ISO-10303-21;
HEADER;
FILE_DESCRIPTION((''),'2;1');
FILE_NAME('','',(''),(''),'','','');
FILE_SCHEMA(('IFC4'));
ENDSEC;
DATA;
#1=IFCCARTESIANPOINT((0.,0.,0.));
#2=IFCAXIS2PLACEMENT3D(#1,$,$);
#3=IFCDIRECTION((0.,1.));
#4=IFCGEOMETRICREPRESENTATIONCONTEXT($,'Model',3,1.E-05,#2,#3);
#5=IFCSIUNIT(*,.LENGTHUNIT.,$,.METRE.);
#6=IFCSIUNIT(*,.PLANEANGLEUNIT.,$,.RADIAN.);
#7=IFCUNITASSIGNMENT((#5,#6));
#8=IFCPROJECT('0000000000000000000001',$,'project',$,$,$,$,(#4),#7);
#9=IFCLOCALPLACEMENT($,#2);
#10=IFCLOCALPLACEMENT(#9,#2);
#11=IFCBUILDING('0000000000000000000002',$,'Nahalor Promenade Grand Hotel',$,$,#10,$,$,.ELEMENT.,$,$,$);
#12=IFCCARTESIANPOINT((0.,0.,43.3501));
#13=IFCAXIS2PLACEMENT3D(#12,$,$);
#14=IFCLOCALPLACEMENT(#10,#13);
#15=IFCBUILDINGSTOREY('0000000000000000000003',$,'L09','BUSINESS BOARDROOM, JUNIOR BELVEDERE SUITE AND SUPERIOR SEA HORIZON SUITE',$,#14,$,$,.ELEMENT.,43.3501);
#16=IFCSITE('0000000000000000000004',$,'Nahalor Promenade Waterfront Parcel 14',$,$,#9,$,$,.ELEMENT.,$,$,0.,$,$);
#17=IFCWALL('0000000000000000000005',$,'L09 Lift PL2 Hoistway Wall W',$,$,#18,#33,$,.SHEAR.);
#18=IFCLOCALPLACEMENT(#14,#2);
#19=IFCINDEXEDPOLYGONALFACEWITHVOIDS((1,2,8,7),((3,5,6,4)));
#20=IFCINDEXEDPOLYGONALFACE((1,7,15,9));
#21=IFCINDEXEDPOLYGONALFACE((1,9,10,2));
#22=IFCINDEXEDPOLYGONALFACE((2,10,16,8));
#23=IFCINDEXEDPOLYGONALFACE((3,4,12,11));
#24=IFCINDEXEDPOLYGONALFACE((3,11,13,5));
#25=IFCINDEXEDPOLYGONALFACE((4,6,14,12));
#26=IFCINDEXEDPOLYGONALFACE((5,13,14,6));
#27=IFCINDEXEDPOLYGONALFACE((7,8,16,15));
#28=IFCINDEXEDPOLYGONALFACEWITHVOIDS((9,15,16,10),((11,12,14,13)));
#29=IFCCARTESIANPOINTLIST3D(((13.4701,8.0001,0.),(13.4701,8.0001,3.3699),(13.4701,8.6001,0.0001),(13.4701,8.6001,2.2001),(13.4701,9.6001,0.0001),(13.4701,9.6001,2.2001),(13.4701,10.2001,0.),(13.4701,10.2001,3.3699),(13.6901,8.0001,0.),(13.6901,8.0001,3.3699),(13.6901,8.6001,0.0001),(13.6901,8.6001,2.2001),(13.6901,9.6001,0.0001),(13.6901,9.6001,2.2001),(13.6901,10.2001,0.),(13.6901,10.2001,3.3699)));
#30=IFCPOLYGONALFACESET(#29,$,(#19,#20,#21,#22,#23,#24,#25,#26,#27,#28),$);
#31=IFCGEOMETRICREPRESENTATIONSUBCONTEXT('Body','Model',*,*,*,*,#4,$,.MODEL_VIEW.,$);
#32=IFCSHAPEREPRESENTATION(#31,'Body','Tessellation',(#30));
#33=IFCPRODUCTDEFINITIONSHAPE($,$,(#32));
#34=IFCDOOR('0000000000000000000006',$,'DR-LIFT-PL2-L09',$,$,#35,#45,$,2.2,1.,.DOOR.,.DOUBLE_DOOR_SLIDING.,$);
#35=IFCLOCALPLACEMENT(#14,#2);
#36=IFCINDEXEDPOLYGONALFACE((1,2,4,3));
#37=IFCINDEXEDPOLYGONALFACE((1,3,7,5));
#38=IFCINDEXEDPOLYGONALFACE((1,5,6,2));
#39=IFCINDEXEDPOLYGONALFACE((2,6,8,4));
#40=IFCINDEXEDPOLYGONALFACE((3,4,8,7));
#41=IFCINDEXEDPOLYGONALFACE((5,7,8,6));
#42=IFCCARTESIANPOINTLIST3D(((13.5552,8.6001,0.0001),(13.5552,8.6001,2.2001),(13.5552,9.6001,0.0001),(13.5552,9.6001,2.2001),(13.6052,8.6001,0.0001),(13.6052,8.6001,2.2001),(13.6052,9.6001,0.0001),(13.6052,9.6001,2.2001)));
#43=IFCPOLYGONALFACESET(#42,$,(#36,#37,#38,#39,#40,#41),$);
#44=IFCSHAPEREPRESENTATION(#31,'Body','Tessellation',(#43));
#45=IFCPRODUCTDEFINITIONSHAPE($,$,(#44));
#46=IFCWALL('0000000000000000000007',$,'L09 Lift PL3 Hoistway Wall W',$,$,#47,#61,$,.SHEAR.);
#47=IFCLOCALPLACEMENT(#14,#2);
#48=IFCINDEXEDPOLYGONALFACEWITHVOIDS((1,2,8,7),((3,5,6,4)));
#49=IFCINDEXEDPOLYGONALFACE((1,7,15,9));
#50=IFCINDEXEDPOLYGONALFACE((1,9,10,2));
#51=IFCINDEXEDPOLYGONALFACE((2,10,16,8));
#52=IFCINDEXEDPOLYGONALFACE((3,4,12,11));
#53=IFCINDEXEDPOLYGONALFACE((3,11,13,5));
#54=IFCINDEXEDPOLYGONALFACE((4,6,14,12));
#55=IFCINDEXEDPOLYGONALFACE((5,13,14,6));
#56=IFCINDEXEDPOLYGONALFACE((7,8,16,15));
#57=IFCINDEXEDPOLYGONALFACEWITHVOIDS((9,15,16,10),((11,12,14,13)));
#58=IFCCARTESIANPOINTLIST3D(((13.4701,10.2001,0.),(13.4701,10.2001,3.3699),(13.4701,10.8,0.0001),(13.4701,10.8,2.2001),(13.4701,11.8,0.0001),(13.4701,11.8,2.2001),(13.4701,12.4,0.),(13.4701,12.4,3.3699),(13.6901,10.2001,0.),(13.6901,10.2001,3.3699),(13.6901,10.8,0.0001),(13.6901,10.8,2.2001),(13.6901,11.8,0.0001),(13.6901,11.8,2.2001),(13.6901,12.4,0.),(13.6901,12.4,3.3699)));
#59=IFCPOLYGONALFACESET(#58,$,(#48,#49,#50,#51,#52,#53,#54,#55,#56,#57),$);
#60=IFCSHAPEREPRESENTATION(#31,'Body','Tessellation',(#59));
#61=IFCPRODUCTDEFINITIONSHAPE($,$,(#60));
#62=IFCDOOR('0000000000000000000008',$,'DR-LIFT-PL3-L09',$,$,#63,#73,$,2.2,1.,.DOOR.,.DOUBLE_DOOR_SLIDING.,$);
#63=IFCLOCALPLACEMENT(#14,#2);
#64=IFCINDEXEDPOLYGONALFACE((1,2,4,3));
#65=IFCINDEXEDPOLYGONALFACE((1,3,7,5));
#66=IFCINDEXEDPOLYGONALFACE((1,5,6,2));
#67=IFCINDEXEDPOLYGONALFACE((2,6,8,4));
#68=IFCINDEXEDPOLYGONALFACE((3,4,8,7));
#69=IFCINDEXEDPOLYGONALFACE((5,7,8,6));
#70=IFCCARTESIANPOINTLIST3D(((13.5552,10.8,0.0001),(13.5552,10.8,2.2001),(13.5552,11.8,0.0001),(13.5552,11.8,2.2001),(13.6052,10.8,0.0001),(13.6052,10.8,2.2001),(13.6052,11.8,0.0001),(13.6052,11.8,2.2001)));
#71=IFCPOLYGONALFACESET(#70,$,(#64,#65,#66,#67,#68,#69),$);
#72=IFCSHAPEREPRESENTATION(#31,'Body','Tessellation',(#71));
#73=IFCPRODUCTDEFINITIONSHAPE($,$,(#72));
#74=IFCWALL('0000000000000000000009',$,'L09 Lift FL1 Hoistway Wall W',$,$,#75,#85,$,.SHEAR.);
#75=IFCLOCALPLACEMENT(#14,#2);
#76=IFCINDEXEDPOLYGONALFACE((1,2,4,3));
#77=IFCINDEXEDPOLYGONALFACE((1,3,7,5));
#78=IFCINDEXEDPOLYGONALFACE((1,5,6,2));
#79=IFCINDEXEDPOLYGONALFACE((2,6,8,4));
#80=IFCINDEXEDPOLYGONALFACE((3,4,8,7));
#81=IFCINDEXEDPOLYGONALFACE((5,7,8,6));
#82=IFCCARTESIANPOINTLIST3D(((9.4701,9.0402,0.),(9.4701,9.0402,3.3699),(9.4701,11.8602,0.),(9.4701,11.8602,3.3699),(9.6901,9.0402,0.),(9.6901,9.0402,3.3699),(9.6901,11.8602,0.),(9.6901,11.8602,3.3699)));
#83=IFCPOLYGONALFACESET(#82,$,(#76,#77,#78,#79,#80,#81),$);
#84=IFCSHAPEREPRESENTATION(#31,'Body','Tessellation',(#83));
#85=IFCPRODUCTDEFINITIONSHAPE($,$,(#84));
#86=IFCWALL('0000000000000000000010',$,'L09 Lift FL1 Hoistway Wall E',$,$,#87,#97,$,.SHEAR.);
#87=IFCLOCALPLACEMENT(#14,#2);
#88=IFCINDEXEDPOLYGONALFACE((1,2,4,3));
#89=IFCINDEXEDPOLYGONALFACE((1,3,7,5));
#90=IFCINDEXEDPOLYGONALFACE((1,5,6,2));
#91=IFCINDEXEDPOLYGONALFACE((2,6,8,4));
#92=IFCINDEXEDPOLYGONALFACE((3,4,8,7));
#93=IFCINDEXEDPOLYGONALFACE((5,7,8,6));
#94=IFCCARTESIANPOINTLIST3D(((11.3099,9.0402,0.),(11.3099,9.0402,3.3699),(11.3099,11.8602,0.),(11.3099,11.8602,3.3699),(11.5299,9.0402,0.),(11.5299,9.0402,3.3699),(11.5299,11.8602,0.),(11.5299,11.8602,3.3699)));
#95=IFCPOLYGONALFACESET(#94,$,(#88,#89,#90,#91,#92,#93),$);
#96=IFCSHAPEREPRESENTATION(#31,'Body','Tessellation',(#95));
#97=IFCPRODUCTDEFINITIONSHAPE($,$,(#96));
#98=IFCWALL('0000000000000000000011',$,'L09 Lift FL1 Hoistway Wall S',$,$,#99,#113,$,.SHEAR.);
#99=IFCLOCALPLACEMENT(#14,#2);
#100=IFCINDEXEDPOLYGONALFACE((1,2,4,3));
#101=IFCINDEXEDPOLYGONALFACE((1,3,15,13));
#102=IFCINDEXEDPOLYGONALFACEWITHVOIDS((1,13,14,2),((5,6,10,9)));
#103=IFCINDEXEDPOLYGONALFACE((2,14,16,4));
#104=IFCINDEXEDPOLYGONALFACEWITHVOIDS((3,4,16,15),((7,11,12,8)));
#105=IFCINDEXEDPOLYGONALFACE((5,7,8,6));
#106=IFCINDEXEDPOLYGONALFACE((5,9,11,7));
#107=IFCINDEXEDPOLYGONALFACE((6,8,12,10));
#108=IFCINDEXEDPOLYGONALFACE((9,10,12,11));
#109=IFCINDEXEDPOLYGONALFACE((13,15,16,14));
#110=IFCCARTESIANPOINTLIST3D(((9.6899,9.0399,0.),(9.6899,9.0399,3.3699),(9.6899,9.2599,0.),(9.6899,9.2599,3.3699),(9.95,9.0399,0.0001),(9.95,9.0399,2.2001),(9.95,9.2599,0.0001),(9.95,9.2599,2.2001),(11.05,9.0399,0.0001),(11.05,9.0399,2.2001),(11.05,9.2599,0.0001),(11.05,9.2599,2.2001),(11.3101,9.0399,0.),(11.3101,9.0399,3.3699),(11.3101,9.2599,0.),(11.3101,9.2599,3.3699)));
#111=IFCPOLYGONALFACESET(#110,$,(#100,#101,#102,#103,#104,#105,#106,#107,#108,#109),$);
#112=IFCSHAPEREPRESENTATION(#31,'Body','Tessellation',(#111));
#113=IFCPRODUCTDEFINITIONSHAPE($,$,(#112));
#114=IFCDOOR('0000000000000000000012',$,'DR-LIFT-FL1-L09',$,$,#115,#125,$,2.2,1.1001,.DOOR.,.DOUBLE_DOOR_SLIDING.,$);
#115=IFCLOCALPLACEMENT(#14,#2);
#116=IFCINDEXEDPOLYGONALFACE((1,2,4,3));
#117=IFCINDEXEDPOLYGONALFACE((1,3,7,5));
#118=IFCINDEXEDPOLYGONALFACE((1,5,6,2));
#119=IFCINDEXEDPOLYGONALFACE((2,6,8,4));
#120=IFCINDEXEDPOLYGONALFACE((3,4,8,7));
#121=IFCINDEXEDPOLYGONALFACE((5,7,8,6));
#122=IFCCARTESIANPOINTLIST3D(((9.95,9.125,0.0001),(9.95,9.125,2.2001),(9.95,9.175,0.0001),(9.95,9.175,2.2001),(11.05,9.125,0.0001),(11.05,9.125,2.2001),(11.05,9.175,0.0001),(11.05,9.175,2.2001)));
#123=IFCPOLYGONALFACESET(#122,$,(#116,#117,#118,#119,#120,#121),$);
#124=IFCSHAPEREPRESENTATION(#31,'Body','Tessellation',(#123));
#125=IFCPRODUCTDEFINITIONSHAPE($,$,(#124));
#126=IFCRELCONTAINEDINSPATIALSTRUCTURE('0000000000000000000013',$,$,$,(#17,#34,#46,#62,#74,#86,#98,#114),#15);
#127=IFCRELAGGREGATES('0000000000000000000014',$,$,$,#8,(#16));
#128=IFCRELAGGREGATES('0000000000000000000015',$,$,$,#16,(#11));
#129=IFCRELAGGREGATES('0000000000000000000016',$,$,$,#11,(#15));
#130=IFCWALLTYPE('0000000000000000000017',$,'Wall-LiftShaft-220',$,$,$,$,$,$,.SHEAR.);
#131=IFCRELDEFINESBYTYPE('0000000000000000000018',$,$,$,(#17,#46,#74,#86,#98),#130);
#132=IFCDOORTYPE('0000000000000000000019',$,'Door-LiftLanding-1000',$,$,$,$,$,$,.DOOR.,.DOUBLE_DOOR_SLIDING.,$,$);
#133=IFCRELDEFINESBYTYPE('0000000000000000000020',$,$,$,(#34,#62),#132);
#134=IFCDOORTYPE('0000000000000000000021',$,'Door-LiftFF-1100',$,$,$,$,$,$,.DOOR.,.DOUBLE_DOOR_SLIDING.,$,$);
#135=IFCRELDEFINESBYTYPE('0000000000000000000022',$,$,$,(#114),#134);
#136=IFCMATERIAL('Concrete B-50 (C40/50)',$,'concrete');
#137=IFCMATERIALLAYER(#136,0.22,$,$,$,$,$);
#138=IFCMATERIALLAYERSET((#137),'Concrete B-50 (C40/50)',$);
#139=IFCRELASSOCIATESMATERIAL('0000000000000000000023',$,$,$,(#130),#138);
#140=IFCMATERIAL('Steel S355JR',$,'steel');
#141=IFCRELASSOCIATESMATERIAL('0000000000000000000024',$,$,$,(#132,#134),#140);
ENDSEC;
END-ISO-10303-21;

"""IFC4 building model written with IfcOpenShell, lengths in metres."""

from ifc_helpers import new_model, si_unit, direction, frame, frame_2d, origin, place, context, subcontext, project, spatial, rectangle, extrude, source, transform, mapped, material, layer, layer_set, type_object, element, fill, save


model = new_model("IFC4")

# Units and contexts
model_context = context("Model", 3, precision=1e-05, world=origin(), true_north=direction((0.0, 1.0)))
body_context = subcontext(model_context, "Body", "Model", "MODEL_VIEW")
ifc_project = project(units=[si_unit("LENGTHUNIT", "METRE"), si_unit("PLANEANGLEUNIT", "RADIAN")], contexts=[model_context])

# Site, building, storey
site_placement = place(None, origin())
site = spatial("IfcSite", under=ifc_project, at=site_placement, Name="Nahalor Promenade Waterfront Parcel 14", CompositionType="ELEMENT", RefElevation=0.0)
building_placement = place(site_placement, origin())
building = spatial("IfcBuilding", under=site, at=building_placement, Name="Nahalor Promenade Grand Hotel", CompositionType="ELEMENT")
storey_placement = place(building_placement, frame((0.0, 0.0, 43.3501)))
storey = spatial("IfcBuildingStorey", under=building, at=storey_placement, Name="L09", Description="BUSINESS BOARDROOM, JUNIOR BELVEDERE SUITE AND SUPERIOR SEA HORIZON SUITE", CompositionType="ELEMENT", Elevation=43.3501)

# Shared definitions
ifc_material_1 = material(Name="Steel S355JR", Category="steel")

# Shared definitions
ifc_material_2 = material(Name="Concrete B-50 (C40/50)", Category="concrete")
ifc_layer_1 = layer(ifc_material_2, 0.22)
ifc_layer_set_1 = layer_set([ifc_layer_1], Name="Concrete B-50 (C40/50)")
wall_type_1 = type_object("IfcWallType", Name="Wall-LiftShaft-220", PredefinedType="SHEAR", material=ifc_layer_set_1)
door_type_1 = type_object("IfcDoorType", Name="Door-LiftLanding-1000", OperationType="DOUBLE_DOOR_SLIDING", PredefinedType="DOOR", material=ifc_material_1)
shared_shape_1 = source(origin(), body_context, "Body", "SweptSolid", [
    extrude(rectangle(XDim=1.0, YDim=2.2, at=frame_2d((0.5, 1.1001))), frame((0.0, 0.0249, 0.0), z_axis=(0.0, -1.0, 0.0), x_axis=(1.0, 0.0, 0.0)), (0.0, 0.0, 1.0), 0.05),
])

# Walls, openings, doors
shared_shape_2 = source(origin(), body_context, "Body", "SweptSolid", [
    extrude(rectangle(XDim=2.2, YDim=0.22, at=frame_2d((1.1001, 0.0))), origin(), (0.0, 0.0, 1.0), 3.3699),
])
wall_1_placement = place(storey_placement, frame((13.5801, 8.0, 0.0), z_axis=(0.0, 0.0, 1.0), x_axis=(0.0, 1.0, 0.0)))
wall_1 = element("IfcWall", 1, at=wall_1_placement, inside=storey, type_object=wall_type_1, Name="L09 Lift PL2 Hoistway Wall W", PredefinedType="SHEAR", context=body_context, shape_type="MappedRepresentation", body=[
    mapped(shared_shape_2, transform((0.0, 0.0, 0.0), scale=1.0)),
])
opening_1_placement = place(wall_1_placement, frame((0.6001, 0.0, 0.0)))
opening_1 = element("IfcOpeningElement", 2, at=opening_1_placement, cuts=wall_1, PredefinedType="OPENING", context=body_context, shape_type="SweptSolid", body=[
    extrude(rectangle(XDim=1.0, YDim=2.2, at=frame_2d((0.5, 1.1001))), frame((0.0, 0.1199, 0.0), z_axis=(0.0, -1.0, 0.0), x_axis=(1.0, 0.0, 0.0)), (0.0, 0.0, 1.0), 0.24),
])
door_1_placement = place(opening_1_placement, origin())
door_1 = element("IfcDoor", 3, at=door_1_placement, inside=storey, type_object=door_type_1, Name="DR-LIFT-PL2-L09", OperationType="DOUBLE_DOOR_SLIDING", OverallHeight=2.2, OverallWidth=1.0, PredefinedType="DOOR", context=body_context, shape_type="MappedRepresentation", body=[
    mapped(shared_shape_1, transform((0.0, 0.0, 0.0), scale=1.0)),
])
fill(opening_1, door_1)
wall_2_placement = place(storey_placement, frame((13.5801, 10.2, 0.0), z_axis=(0.0, 0.0, 1.0), x_axis=(0.0, 1.0, 0.0)))
wall_2 = element("IfcWall", 4, at=wall_2_placement, inside=storey, type_object=wall_type_1, Name="L09 Lift PL3 Hoistway Wall W", PredefinedType="SHEAR", context=body_context, shape_type="MappedRepresentation", body=[
    mapped(shared_shape_2, transform((0.0, 0.0, 0.0), scale=1.0)),
])
opening_2_placement = place(wall_2_placement, frame((0.6001, 0.0, 0.0)))
opening_2 = element("IfcOpeningElement", 5, at=opening_2_placement, cuts=wall_2, PredefinedType="OPENING", context=body_context, shape_type="SweptSolid", body=[
    extrude(rectangle(XDim=1.0, YDim=2.2, at=frame_2d((0.5, 1.1001))), frame((0.0, 0.1199, 0.0), z_axis=(0.0, -1.0, 0.0), x_axis=(1.0, 0.0, 0.0)), (0.0, 0.0, 1.0), 0.24),
])
door_2_placement = place(opening_2_placement, origin())
door_2 = element("IfcDoor", 6, at=door_2_placement, inside=storey, type_object=door_type_1, Name="DR-LIFT-PL3-L09", OperationType="DOUBLE_DOOR_SLIDING", OverallHeight=2.2, OverallWidth=1.0, PredefinedType="DOOR", context=body_context, shape_type="MappedRepresentation", body=[
    mapped(shared_shape_1, transform((0.0, 0.0, 0.0), scale=1.0)),
])
fill(opening_2, door_2)

# Walls
shared_shape_3 = source(origin(), body_context, "Body", "SweptSolid", [
    extrude(rectangle(XDim=2.8201, YDim=0.22, at=frame_2d((1.4102, 0.0))), origin(), (0.0, 0.0, 1.0), 3.3699),
])
for number, where, z_axis, x_axis, name in (
    (7, (9.5801, 9.04, 0.0), (0.0, 0.0, 1.0), (0.0, 1.0, 0.0), "L09 Lift FL1 Hoistway Wall W"),
    (8, (11.4199, 9.04, 0.0), (0.0, 0.0, 1.0), (0.0, 1.0, 0.0), "L09 Lift FL1 Hoistway Wall E"),
):
    element("IfcWall", number, at=place(storey_placement, frame(where, z_axis=z_axis, x_axis=x_axis)), inside=storey, type_object=wall_type_1, Name=name, PredefinedType="SHEAR", context=body_context, shape_type="MappedRepresentation", body=[
        mapped(shared_shape_3, transform((0.0, 0.0, 0.0), scale=1.0)),
    ])

# Wall, opening, door
shared_shape_4 = source(origin(), body_context, "Body", "SweptSolid", [
    extrude(rectangle(XDim=1.6201, YDim=0.22, at=frame_2d((0.8101, 0.0))), origin(), (0.0, 0.0, 1.0), 3.3699),
])
wall_3_placement = place(storey_placement, frame((9.6899, 9.1499, 0.0), z_axis=(0.0, 0.0, 1.0), x_axis=(1.0, 0.0, 0.0)))
wall_3 = element("IfcWall", 9, at=wall_3_placement, inside=storey, type_object=wall_type_1, Name="L09 Lift FL1 Hoistway Wall S", PredefinedType="SHEAR", context=body_context, shape_type="MappedRepresentation", body=[
    mapped(shared_shape_4, transform((0.0, 0.0, 0.0), scale=1.0)),
])
opening_3_placement = place(wall_3_placement, frame((0.26, 0.0, 0.0)))
opening_3 = element("IfcOpeningElement", 10, at=opening_3_placement, cuts=wall_3, PredefinedType="OPENING", context=body_context, shape_type="SweptSolid", body=[
    extrude(rectangle(XDim=1.1001, YDim=2.2, at=frame_2d((0.55, 1.1001))), frame((0.0, 0.1199, 0.0), z_axis=(0.0, -1.0, 0.0), x_axis=(1.0, 0.0, 0.0)), (0.0, 0.0, 1.0), 0.24),
])
door_type_2 = type_object("IfcDoorType", Name="Door-LiftFF-1100", OperationType="DOUBLE_DOOR_SLIDING", PredefinedType="DOOR", material=ifc_material_1)
shared_shape_5 = source(origin(), body_context, "Body", "SweptSolid", [
    extrude(rectangle(XDim=1.1001, YDim=2.2, at=frame_2d((0.55, 1.1001))), frame((0.0, 0.0249, 0.0), z_axis=(0.0, -1.0, 0.0), x_axis=(1.0, 0.0, 0.0)), (0.0, 0.0, 1.0), 0.05),
])
door_3_placement = place(opening_3_placement, frame((1.1001, 0.0, 0.0), z_axis=(0.0, 0.0, 1.0), x_axis=(-1.0, 0.0, 0.0)))
door_3 = element("IfcDoor", 11, at=door_3_placement, inside=storey, type_object=door_type_2, Name="DR-LIFT-FL1-L09", OperationType="DOUBLE_DOOR_SLIDING", OverallHeight=2.2, OverallWidth=1.1001, PredefinedType="DOOR", context=body_context, shape_type="MappedRepresentation", body=[
    mapped(shared_shape_5, transform((0.0, 0.0, 0.0), scale=1.0)),
])
fill(opening_3, door_3)

save(model, "model.ifc")
